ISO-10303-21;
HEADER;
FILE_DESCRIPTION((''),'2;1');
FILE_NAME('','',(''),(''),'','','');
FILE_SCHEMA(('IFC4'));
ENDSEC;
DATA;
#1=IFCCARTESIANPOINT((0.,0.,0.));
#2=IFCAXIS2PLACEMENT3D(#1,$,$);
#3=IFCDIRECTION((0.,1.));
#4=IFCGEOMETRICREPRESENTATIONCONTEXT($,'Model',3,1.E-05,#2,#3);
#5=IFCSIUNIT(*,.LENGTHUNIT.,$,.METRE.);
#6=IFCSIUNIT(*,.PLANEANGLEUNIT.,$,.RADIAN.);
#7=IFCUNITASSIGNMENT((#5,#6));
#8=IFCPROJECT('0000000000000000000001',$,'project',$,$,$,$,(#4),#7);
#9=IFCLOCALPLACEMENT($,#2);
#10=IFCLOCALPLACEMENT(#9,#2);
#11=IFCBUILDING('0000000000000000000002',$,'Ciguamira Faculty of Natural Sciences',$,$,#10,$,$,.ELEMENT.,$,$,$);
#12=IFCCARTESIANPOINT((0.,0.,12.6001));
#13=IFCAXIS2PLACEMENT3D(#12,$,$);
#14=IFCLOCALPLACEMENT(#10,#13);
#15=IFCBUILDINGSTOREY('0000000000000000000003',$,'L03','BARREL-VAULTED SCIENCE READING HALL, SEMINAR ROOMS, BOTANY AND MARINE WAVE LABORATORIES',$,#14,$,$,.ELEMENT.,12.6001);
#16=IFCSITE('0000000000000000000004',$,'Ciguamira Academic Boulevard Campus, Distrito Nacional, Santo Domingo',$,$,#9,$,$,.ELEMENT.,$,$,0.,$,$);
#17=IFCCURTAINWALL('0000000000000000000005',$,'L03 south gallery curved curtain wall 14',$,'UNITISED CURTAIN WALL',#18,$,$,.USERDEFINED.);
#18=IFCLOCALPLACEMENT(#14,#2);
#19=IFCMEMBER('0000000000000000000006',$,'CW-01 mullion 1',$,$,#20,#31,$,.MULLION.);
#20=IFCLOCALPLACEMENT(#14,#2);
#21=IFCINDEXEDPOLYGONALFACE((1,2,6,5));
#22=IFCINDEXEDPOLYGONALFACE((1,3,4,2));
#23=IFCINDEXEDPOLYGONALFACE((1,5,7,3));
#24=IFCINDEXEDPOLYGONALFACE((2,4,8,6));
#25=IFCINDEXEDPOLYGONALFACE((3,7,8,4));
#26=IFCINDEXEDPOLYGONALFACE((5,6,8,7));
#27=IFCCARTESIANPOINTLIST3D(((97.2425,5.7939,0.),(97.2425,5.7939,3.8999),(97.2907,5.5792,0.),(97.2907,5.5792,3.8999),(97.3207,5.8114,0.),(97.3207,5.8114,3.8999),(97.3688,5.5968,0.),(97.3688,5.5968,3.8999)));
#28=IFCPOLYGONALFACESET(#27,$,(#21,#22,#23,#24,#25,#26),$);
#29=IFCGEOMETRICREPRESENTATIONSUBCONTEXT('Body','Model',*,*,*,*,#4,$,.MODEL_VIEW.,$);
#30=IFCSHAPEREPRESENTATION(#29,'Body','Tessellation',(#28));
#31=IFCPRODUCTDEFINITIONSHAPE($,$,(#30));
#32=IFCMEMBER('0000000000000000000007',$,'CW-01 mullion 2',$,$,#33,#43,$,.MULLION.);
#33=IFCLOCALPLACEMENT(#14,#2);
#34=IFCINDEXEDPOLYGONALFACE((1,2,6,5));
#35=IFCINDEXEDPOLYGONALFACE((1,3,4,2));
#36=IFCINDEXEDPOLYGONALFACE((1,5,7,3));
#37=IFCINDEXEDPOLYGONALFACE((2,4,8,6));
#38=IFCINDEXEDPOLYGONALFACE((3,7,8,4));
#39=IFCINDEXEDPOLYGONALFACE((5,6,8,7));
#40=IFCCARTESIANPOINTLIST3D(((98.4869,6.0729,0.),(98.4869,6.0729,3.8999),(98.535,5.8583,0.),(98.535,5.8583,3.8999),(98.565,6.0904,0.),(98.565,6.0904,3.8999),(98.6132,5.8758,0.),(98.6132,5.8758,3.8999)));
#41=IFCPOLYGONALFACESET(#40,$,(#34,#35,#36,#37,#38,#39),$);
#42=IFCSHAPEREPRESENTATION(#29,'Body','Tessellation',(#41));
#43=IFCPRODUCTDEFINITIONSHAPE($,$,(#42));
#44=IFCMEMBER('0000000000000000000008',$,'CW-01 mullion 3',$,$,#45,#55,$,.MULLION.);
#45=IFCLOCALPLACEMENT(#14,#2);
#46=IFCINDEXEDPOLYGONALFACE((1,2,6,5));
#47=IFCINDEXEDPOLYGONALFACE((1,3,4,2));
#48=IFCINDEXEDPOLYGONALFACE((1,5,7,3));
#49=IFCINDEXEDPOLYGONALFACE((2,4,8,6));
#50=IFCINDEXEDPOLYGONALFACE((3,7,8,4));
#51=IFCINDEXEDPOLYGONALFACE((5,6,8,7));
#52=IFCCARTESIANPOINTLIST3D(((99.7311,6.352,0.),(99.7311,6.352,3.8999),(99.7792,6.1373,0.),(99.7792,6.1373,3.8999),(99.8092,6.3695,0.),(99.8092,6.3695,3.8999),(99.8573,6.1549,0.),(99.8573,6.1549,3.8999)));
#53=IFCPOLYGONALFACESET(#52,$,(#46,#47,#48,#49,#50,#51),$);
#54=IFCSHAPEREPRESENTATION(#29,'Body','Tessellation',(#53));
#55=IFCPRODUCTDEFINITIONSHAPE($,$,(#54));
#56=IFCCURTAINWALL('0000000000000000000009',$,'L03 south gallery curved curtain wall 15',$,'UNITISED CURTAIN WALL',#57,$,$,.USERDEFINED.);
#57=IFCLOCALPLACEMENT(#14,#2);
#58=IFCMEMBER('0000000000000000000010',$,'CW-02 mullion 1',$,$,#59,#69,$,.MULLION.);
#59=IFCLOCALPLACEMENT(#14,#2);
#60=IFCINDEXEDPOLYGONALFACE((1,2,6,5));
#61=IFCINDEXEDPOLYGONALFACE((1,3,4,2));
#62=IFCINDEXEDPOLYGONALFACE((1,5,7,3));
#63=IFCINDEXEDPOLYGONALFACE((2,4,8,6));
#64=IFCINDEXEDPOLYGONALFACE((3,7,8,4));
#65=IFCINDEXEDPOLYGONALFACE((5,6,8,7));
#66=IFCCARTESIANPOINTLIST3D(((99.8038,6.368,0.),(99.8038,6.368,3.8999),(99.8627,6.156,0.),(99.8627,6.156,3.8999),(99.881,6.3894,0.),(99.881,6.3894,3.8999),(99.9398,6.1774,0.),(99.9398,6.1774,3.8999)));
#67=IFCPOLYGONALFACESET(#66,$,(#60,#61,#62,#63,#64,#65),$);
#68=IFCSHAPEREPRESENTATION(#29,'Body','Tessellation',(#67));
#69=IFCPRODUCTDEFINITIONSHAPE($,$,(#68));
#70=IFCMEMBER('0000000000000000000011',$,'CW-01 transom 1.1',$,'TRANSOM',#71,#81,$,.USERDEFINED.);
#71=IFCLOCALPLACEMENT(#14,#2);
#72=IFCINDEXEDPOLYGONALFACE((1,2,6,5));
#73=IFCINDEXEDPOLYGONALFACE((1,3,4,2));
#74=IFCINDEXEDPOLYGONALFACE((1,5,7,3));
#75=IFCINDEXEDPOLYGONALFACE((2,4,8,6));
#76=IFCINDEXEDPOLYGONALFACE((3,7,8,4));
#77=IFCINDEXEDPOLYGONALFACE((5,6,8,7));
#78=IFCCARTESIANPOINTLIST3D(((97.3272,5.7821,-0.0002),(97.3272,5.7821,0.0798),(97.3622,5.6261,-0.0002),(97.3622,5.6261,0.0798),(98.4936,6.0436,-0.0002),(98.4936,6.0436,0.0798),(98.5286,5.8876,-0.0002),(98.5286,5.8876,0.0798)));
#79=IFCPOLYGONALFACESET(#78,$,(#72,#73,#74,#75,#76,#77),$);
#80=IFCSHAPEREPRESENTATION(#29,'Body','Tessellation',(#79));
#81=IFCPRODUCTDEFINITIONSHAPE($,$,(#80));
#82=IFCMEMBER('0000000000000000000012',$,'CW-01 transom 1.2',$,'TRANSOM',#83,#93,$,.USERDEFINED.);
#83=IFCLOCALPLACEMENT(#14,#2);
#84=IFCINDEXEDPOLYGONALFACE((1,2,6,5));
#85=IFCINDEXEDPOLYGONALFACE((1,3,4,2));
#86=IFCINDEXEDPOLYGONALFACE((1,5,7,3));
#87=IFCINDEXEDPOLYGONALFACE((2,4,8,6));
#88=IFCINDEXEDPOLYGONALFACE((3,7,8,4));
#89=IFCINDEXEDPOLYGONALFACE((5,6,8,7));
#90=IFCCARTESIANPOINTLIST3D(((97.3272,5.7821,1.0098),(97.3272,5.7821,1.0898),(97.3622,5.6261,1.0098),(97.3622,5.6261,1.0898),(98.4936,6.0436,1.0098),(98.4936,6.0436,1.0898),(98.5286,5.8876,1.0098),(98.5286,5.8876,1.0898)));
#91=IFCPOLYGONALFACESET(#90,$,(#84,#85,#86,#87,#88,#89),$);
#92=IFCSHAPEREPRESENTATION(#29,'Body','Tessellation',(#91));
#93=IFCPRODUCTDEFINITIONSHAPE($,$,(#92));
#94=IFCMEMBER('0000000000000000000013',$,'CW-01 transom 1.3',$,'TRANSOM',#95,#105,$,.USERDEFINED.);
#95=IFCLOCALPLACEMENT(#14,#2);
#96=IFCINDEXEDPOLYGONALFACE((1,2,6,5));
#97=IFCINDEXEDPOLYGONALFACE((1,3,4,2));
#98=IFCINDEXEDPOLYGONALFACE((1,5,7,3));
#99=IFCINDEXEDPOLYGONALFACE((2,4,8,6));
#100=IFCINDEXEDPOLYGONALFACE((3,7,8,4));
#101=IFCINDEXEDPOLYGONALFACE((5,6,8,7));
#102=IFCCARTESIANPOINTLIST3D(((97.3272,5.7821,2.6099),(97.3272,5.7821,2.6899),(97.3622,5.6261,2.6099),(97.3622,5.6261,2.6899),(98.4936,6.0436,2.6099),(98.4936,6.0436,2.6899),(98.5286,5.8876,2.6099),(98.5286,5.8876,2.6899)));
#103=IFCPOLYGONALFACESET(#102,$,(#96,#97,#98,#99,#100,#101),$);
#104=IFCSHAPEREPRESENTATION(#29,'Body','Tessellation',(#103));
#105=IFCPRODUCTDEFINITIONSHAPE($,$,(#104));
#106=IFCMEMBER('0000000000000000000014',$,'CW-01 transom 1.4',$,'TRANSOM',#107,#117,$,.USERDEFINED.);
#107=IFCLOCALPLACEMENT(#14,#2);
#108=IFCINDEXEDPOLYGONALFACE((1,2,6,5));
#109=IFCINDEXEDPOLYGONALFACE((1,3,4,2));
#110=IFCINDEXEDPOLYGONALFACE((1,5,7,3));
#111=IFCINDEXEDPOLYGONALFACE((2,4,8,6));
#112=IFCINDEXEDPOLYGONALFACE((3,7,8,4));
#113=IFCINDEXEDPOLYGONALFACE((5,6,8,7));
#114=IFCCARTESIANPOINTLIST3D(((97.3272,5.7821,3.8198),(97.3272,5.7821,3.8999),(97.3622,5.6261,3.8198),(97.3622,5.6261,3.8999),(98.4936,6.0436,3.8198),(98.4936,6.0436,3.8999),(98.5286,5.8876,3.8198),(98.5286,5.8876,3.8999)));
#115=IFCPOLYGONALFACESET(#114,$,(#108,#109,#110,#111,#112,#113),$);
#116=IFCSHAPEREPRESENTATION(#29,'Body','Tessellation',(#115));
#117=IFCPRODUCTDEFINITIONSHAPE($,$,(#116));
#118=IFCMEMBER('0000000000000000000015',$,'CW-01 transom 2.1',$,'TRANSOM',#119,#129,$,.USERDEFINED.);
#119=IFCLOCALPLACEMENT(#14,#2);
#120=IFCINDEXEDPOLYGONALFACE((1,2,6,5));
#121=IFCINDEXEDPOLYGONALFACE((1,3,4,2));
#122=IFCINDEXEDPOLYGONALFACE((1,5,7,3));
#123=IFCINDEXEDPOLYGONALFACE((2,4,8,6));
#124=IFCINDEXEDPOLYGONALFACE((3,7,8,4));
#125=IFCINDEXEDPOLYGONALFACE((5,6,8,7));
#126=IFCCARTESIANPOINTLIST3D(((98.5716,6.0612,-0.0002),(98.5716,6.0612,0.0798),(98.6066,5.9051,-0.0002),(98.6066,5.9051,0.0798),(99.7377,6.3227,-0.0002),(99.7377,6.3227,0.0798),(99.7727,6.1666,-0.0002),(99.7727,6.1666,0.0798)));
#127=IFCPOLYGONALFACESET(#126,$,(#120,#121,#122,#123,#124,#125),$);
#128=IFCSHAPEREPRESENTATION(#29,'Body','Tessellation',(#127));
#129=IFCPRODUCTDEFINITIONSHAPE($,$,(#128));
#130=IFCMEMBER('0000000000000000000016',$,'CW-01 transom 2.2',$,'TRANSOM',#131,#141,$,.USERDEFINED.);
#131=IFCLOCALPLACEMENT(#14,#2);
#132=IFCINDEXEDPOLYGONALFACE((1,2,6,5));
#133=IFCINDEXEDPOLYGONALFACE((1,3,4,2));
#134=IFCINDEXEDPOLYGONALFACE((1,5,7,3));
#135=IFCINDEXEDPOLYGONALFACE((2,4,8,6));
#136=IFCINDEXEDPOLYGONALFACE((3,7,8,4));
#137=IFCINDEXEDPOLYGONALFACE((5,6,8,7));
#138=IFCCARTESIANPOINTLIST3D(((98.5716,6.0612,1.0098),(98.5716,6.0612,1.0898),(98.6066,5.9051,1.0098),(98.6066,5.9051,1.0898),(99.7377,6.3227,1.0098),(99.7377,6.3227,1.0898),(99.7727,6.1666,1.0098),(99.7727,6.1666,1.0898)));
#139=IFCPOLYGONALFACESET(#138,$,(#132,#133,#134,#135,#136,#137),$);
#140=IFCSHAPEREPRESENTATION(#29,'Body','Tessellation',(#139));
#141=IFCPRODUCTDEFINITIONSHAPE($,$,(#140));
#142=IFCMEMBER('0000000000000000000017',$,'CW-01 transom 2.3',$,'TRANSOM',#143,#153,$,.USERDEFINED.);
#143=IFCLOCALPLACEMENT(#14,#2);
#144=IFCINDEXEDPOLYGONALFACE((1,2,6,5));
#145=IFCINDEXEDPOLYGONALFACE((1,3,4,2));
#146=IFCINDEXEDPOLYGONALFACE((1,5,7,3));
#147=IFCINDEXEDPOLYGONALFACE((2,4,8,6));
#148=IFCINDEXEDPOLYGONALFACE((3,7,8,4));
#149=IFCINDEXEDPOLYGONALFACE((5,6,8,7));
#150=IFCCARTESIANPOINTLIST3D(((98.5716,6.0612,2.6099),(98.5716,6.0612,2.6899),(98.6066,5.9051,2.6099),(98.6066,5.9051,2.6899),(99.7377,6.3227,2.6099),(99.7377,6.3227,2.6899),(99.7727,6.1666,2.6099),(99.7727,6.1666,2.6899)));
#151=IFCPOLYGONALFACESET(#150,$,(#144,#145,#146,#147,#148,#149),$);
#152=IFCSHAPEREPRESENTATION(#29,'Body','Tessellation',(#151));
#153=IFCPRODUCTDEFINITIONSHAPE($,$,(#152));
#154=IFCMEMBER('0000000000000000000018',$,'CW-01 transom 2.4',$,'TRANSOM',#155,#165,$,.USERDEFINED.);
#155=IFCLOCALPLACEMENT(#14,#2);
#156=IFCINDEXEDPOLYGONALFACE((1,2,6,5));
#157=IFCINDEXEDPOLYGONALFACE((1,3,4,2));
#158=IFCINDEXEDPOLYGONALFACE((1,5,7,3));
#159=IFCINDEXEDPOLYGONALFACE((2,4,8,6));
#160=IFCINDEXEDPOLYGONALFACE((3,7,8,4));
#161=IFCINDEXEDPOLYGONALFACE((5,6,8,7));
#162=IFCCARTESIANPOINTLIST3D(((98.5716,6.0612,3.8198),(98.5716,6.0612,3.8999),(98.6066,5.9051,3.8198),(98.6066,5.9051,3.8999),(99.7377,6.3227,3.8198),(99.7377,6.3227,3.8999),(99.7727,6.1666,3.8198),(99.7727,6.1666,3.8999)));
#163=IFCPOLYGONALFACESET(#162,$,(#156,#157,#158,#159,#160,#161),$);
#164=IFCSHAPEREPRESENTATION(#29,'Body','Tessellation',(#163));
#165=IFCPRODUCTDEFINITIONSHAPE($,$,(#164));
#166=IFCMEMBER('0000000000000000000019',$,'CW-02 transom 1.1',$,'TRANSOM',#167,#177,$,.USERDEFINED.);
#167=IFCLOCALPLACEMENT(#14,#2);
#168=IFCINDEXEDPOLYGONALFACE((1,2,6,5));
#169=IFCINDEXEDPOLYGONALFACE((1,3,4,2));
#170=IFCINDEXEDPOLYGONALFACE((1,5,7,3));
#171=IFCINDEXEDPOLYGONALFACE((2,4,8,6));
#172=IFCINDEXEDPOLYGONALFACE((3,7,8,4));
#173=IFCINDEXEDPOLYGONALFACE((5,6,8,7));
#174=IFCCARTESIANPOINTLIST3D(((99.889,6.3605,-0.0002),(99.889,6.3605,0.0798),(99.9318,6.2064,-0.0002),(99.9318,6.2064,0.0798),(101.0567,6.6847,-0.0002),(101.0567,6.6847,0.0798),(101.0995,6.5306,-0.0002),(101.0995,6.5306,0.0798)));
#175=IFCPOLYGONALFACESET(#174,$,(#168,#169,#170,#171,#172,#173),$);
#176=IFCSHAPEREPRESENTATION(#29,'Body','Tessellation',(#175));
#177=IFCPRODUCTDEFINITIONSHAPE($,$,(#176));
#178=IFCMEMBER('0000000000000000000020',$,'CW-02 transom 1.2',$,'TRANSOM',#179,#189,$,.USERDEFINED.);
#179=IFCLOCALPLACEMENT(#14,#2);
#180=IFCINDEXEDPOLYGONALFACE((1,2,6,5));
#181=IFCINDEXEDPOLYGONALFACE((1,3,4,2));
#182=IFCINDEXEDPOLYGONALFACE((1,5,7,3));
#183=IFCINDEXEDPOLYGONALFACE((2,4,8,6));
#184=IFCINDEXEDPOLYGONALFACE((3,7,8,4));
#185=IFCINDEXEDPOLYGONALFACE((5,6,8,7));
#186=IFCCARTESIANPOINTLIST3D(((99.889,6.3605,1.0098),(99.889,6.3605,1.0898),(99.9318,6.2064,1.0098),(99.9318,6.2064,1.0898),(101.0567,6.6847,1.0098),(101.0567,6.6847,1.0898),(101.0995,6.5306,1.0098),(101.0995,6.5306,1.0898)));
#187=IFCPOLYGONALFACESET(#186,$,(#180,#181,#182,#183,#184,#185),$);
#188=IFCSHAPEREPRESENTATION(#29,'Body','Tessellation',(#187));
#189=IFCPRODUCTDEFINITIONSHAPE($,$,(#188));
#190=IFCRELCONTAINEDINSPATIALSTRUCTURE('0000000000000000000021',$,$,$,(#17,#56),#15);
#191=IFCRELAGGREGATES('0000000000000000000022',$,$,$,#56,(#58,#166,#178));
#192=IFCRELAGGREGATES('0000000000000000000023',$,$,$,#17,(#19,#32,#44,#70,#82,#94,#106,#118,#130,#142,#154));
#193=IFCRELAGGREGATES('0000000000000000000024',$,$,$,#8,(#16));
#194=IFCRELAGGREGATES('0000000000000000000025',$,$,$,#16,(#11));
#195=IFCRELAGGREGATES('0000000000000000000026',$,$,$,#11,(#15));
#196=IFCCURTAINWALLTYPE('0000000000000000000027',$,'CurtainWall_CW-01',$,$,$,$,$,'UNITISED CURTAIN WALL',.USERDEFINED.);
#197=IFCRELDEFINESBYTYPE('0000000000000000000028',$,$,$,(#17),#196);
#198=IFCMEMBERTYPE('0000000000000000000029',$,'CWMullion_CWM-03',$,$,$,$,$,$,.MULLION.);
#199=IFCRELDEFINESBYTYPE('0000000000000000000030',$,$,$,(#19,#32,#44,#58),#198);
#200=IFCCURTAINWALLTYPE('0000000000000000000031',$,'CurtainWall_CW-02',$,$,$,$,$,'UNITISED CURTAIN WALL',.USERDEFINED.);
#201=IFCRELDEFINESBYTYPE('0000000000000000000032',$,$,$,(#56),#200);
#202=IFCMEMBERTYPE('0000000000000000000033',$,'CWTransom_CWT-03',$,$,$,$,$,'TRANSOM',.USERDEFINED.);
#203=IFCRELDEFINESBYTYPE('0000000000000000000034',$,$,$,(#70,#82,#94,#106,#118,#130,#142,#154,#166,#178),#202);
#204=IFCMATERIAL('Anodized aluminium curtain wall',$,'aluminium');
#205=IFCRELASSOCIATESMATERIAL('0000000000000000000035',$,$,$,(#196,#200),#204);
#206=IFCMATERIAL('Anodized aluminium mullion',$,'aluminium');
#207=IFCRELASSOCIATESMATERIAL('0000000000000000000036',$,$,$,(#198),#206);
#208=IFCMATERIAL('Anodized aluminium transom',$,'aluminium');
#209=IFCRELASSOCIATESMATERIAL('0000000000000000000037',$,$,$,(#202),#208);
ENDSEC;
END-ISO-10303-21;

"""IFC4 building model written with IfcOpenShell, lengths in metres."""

from ifc_helpers import new_model, si_unit, direction, frame, origin, origin_2d, place, context, subcontext, project, spatial, rectangle, extrude, material, material_profile, profile_set, type_object, element, aggregate, save


model = new_model("IFC4")

# Units and contexts
model_context = context("Model", 3, precision=1e-05, world=origin(), true_north=direction((0.0, 1.0)))
body_context = subcontext(model_context, "Body", "Model", "MODEL_VIEW")
ifc_project = project(units=[si_unit("LENGTHUNIT", "METRE"), si_unit("PLANEANGLEUNIT", "RADIAN")], contexts=[model_context])

# Site, building, storey
site_placement = place(None, origin())
site = spatial("IfcSite", under=ifc_project, at=site_placement, Name="Ciguamira Academic Boulevard Campus, Distrito Nacional, Santo Domingo", CompositionType="ELEMENT", RefElevation=0.0)
building_placement = place(site_placement, origin())
building = spatial("IfcBuilding", under=site, at=building_placement, Name="Ciguamira Faculty of Natural Sciences", CompositionType="ELEMENT")
storey_placement = place(building_placement, frame((0.0, 0.0, 12.6001)))
storey = spatial("IfcBuildingStorey", under=building, at=storey_placement, Name="L03", Description="BARREL-VAULTED SCIENCE READING HALL, SEMINAR ROOMS, BOTANY AND MARINE WAVE LABORATORIES", CompositionType="ELEMENT", Elevation=12.6001)

# Curtain wall, members
ifc_material_1 = material(Name="Anodized aluminium curtain wall", Category="aluminium")
curtain_wall_type_1 = type_object("IfcCurtainWallType", Name="CurtainWall_CW-01", ElementType="UNITISED CURTAIN WALL", PredefinedType="USERDEFINED", material=ifc_material_1)
curtain_wall_1_placement = place(storey_placement, origin())
curtain_wall_1 = element("IfcCurtainWall", 1, at=curtain_wall_1_placement, inside=storey, type_object=curtain_wall_type_1, Name="L03 south gallery curved curtain wall 14", ObjectType="UNITISED CURTAIN WALL", PredefinedType="USERDEFINED")
ifc_material_2 = material(Name="Anodized aluminium mullion", Category="aluminium")
ifc_material_profile_1 = material_profile(ifc_material_2, rectangle(XDim=0.0801, YDim=0.22, at=origin_2d()), Name="ALU-MUL-80X220")
ifc_profile_set_1 = profile_set([ifc_material_profile_1], Name="Anodized aluminium mullion")
member_type_1 = type_object("IfcMemberType", Name="CWMullion_CWM-03", PredefinedType="MULLION", material=ifc_profile_set_1)
member_1_placement = place(storey_placement, frame((97.3057, 5.6953, 0.0), z_axis=(0.0, 0.0, 1.0), x_axis=(0.975763, 0.21883, 0.0)))
member_1 = element("IfcMember", 2, at=member_1_placement, type_object=member_type_1, Name="CW-01 mullion 1", PredefinedType="MULLION", context=body_context, shape_type="SweptSolid", body=[
    extrude(rectangle(XDim=0.0801, YDim=0.22, at=origin_2d()), origin(), (0.0, 0.0, 1.0), 3.8999),
])
member_2_placement = place(storey_placement, frame((98.55, 5.9744, 0.0), z_axis=(0.0, 0.0, 1.0), x_axis=(0.975763, 0.21883, 0.0)))
member_2 = element("IfcMember", 3, at=member_2_placement, type_object=member_type_1, Name="CW-01 mullion 2", PredefinedType="MULLION", context=body_context, shape_type="SweptSolid", body=[
    extrude(rectangle(XDim=0.0801, YDim=0.22, at=origin_2d()), origin(), (0.0, 0.0, 1.0), 3.8999),
])
member_3_placement = place(storey_placement, frame((99.7942, 6.2534, 0.0), z_axis=(0.0, 0.0, 1.0), x_axis=(0.975763, 0.21883, 0.0)))
member_3 = element("IfcMember", 4, at=member_3_placement, type_object=member_type_1, Name="CW-01 mullion 3", PredefinedType="MULLION", context=body_context, shape_type="SweptSolid", body=[
    extrude(rectangle(XDim=0.0801, YDim=0.22, at=origin_2d()), origin(), (0.0, 0.0, 1.0), 3.8999),
])

# Curtain wall, member
curtain_wall_type_2 = type_object("IfcCurtainWallType", Name="CurtainWall_CW-02", ElementType="UNITISED CURTAIN WALL", PredefinedType="USERDEFINED", material=ifc_material_1)
curtain_wall_2_placement = place(storey_placement, origin())
curtain_wall_2 = element("IfcCurtainWall", 5, at=curtain_wall_2_placement, inside=storey, type_object=curtain_wall_type_2, Name="L03 south gallery curved curtain wall 15", ObjectType="UNITISED CURTAIN WALL", PredefinedType="USERDEFINED")
member_4_placement = place(storey_placement, frame((99.8718, 6.2727, 0.0), z_axis=(0.0, 0.0, 1.0), x_axis=(0.963573, 0.267444, 0.0)))
member_4 = element("IfcMember", 6, at=member_4_placement, type_object=member_type_1, Name="CW-02 mullion 1", PredefinedType="MULLION", context=body_context, shape_type="SweptSolid", body=[
    extrude(rectangle(XDim=0.0801, YDim=0.22, at=origin_2d()), origin(), (0.0, 0.0, 1.0), 3.8999),
])

# Members
ifc_material_3 = material(Name="Anodized aluminium transom", Category="aluminium")
ifc_material_profile_2 = material_profile(ifc_material_3, rectangle(XDim=0.0801, YDim=0.1599, at=origin_2d()), Name="ALU-TRN-80X160")
ifc_profile_set_2 = profile_set([ifc_material_profile_2], Name="Anodized aluminium transom")
member_type_2 = type_object("IfcMemberType", Name="CWTransom_CWT-03", ElementType="TRANSOM", PredefinedType="USERDEFINED", material=ifc_profile_set_2)
member_5_placement = place(storey_placement, frame((97.3447, 5.7041, 0.0398), z_axis=(0.975777, 0.218768, 0.0), x_axis=(0.0, 0.0, 1.0)))
member_5 = element("IfcMember", 7, at=member_5_placement, type_object=member_type_2, Name="CW-01 transom 1.1", ObjectType="TRANSOM", PredefinedType="USERDEFINED", context=body_context, shape_type="SweptSolid", body=[
    extrude(rectangle(XDim=0.0801, YDim=0.1599, at=origin_2d()), origin(), (0.0, 0.0, 1.0), 1.1953),
])
member_6_placement = place(storey_placement, frame((97.3447, 5.7041, 1.0498), z_axis=(0.975777, 0.218768, 0.0), x_axis=(0.0, 0.0, 1.0)))
member_6 = element("IfcMember", 8, at=member_6_placement, type_object=member_type_2, Name="CW-01 transom 1.2", ObjectType="TRANSOM", PredefinedType="USERDEFINED", context=body_context, shape_type="SweptSolid", body=[
    extrude(rectangle(XDim=0.0801, YDim=0.1599, at=origin_2d()), origin(), (0.0, 0.0, 1.0), 1.1953),
])
member_7_placement = place(storey_placement, frame((97.3447, 5.7041, 2.6499), z_axis=(0.975777, 0.218768, 0.0), x_axis=(0.0, 0.0, 1.0)))
member_7 = element("IfcMember", 9, at=member_7_placement, type_object=member_type_2, Name="CW-01 transom 1.3", ObjectType="TRANSOM", PredefinedType="USERDEFINED", context=body_context, shape_type="SweptSolid", body=[
    extrude(rectangle(XDim=0.0801, YDim=0.1599, at=origin_2d()), origin(), (0.0, 0.0, 1.0), 1.1953),
])
member_8_placement = place(storey_placement, frame((97.3447, 5.7041, 3.8599), z_axis=(0.975777, 0.218768, 0.0), x_axis=(0.0, 0.0, 1.0)))
member_8 = element("IfcMember", 10, at=member_8_placement, type_object=member_type_2, Name="CW-01 transom 1.4", ObjectType="TRANSOM", PredefinedType="USERDEFINED", context=body_context, shape_type="SweptSolid", body=[
    extrude(rectangle(XDim=0.0801, YDim=0.1599, at=origin_2d()), origin(), (0.0, 0.0, 1.0), 1.1953),
])
member_9_placement = place(storey_placement, frame((98.5891, 5.9832, 0.0398), z_axis=(0.975767, 0.218812, 0.0), x_axis=(0.0, 0.0, 1.0)))
member_9 = element("IfcMember", 11, at=member_9_placement, type_object=member_type_2, Name="CW-01 transom 2.1", ObjectType="TRANSOM", PredefinedType="USERDEFINED", context=body_context, shape_type="SweptSolid", body=[
    extrude(rectangle(XDim=0.0801, YDim=0.1599, at=origin_2d()), origin(), (0.0, 0.0, 1.0), 1.1951),
])
member_10_placement = place(storey_placement, frame((98.5891, 5.9832, 1.0498), z_axis=(0.975767, 0.218812, 0.0), x_axis=(0.0, 0.0, 1.0)))
member_10 = element("IfcMember", 12, at=member_10_placement, type_object=member_type_2, Name="CW-01 transom 2.2", ObjectType="TRANSOM", PredefinedType="USERDEFINED", context=body_context, shape_type="SweptSolid", body=[
    extrude(rectangle(XDim=0.0801, YDim=0.1599, at=origin_2d()), origin(), (0.0, 0.0, 1.0), 1.1951),
])
member_11_placement = place(storey_placement, frame((98.5891, 5.9832, 2.6499), z_axis=(0.975767, 0.218812, 0.0), x_axis=(0.0, 0.0, 1.0)))
member_11 = element("IfcMember", 13, at=member_11_placement, type_object=member_type_2, Name="CW-01 transom 2.3", ObjectType="TRANSOM", PredefinedType="USERDEFINED", context=body_context, shape_type="SweptSolid", body=[
    extrude(rectangle(XDim=0.0801, YDim=0.1599, at=origin_2d()), origin(), (0.0, 0.0, 1.0), 1.1951),
])
member_12_placement = place(storey_placement, frame((98.5891, 5.9832, 3.8599), z_axis=(0.975767, 0.218812, 0.0), x_axis=(0.0, 0.0, 1.0)))
member_12 = element("IfcMember", 14, at=member_12_placement, type_object=member_type_2, Name="CW-01 transom 2.4", ObjectType="TRANSOM", PredefinedType="USERDEFINED", context=body_context, shape_type="SweptSolid", body=[
    extrude(rectangle(XDim=0.0801, YDim=0.1599, at=origin_2d()), origin(), (0.0, 0.0, 1.0), 1.1951),
])
member_13_placement = place(storey_placement, frame((99.9104, 6.2834, 0.0398), z_axis=(0.96355, 0.26753, 0.0), x_axis=(0.0, 0.0, 1.0)))
member_13 = element("IfcMember", 15, at=member_13_placement, type_object=member_type_2, Name="CW-02 transom 1.1", ObjectType="TRANSOM", PredefinedType="USERDEFINED", context=body_context, shape_type="SweptSolid", body=[
    extrude(rectangle(XDim=0.0801, YDim=0.1599, at=origin_2d()), origin(), (0.0, 0.0, 1.0), 1.2119),
])
member_14_placement = place(storey_placement, frame((99.9104, 6.2834, 1.0498), z_axis=(0.96355, 0.26753, 0.0), x_axis=(0.0, 0.0, 1.0)))
member_14 = element("IfcMember", 16, at=member_14_placement, type_object=member_type_2, Name="CW-02 transom 1.2", ObjectType="TRANSOM", PredefinedType="USERDEFINED", context=body_context, shape_type="SweptSolid", body=[
    extrude(rectangle(XDim=0.0801, YDim=0.1599, at=origin_2d()), origin(), (0.0, 0.0, 1.0), 1.2119),
])
aggregate(curtain_wall_2, [member_4, member_13, member_14])

aggregate(curtain_wall_1, [member_1, member_2, member_3, member_5, member_6, member_7, member_8, member_9, member_10, member_11, member_12])

save(model, "model.ifc")
